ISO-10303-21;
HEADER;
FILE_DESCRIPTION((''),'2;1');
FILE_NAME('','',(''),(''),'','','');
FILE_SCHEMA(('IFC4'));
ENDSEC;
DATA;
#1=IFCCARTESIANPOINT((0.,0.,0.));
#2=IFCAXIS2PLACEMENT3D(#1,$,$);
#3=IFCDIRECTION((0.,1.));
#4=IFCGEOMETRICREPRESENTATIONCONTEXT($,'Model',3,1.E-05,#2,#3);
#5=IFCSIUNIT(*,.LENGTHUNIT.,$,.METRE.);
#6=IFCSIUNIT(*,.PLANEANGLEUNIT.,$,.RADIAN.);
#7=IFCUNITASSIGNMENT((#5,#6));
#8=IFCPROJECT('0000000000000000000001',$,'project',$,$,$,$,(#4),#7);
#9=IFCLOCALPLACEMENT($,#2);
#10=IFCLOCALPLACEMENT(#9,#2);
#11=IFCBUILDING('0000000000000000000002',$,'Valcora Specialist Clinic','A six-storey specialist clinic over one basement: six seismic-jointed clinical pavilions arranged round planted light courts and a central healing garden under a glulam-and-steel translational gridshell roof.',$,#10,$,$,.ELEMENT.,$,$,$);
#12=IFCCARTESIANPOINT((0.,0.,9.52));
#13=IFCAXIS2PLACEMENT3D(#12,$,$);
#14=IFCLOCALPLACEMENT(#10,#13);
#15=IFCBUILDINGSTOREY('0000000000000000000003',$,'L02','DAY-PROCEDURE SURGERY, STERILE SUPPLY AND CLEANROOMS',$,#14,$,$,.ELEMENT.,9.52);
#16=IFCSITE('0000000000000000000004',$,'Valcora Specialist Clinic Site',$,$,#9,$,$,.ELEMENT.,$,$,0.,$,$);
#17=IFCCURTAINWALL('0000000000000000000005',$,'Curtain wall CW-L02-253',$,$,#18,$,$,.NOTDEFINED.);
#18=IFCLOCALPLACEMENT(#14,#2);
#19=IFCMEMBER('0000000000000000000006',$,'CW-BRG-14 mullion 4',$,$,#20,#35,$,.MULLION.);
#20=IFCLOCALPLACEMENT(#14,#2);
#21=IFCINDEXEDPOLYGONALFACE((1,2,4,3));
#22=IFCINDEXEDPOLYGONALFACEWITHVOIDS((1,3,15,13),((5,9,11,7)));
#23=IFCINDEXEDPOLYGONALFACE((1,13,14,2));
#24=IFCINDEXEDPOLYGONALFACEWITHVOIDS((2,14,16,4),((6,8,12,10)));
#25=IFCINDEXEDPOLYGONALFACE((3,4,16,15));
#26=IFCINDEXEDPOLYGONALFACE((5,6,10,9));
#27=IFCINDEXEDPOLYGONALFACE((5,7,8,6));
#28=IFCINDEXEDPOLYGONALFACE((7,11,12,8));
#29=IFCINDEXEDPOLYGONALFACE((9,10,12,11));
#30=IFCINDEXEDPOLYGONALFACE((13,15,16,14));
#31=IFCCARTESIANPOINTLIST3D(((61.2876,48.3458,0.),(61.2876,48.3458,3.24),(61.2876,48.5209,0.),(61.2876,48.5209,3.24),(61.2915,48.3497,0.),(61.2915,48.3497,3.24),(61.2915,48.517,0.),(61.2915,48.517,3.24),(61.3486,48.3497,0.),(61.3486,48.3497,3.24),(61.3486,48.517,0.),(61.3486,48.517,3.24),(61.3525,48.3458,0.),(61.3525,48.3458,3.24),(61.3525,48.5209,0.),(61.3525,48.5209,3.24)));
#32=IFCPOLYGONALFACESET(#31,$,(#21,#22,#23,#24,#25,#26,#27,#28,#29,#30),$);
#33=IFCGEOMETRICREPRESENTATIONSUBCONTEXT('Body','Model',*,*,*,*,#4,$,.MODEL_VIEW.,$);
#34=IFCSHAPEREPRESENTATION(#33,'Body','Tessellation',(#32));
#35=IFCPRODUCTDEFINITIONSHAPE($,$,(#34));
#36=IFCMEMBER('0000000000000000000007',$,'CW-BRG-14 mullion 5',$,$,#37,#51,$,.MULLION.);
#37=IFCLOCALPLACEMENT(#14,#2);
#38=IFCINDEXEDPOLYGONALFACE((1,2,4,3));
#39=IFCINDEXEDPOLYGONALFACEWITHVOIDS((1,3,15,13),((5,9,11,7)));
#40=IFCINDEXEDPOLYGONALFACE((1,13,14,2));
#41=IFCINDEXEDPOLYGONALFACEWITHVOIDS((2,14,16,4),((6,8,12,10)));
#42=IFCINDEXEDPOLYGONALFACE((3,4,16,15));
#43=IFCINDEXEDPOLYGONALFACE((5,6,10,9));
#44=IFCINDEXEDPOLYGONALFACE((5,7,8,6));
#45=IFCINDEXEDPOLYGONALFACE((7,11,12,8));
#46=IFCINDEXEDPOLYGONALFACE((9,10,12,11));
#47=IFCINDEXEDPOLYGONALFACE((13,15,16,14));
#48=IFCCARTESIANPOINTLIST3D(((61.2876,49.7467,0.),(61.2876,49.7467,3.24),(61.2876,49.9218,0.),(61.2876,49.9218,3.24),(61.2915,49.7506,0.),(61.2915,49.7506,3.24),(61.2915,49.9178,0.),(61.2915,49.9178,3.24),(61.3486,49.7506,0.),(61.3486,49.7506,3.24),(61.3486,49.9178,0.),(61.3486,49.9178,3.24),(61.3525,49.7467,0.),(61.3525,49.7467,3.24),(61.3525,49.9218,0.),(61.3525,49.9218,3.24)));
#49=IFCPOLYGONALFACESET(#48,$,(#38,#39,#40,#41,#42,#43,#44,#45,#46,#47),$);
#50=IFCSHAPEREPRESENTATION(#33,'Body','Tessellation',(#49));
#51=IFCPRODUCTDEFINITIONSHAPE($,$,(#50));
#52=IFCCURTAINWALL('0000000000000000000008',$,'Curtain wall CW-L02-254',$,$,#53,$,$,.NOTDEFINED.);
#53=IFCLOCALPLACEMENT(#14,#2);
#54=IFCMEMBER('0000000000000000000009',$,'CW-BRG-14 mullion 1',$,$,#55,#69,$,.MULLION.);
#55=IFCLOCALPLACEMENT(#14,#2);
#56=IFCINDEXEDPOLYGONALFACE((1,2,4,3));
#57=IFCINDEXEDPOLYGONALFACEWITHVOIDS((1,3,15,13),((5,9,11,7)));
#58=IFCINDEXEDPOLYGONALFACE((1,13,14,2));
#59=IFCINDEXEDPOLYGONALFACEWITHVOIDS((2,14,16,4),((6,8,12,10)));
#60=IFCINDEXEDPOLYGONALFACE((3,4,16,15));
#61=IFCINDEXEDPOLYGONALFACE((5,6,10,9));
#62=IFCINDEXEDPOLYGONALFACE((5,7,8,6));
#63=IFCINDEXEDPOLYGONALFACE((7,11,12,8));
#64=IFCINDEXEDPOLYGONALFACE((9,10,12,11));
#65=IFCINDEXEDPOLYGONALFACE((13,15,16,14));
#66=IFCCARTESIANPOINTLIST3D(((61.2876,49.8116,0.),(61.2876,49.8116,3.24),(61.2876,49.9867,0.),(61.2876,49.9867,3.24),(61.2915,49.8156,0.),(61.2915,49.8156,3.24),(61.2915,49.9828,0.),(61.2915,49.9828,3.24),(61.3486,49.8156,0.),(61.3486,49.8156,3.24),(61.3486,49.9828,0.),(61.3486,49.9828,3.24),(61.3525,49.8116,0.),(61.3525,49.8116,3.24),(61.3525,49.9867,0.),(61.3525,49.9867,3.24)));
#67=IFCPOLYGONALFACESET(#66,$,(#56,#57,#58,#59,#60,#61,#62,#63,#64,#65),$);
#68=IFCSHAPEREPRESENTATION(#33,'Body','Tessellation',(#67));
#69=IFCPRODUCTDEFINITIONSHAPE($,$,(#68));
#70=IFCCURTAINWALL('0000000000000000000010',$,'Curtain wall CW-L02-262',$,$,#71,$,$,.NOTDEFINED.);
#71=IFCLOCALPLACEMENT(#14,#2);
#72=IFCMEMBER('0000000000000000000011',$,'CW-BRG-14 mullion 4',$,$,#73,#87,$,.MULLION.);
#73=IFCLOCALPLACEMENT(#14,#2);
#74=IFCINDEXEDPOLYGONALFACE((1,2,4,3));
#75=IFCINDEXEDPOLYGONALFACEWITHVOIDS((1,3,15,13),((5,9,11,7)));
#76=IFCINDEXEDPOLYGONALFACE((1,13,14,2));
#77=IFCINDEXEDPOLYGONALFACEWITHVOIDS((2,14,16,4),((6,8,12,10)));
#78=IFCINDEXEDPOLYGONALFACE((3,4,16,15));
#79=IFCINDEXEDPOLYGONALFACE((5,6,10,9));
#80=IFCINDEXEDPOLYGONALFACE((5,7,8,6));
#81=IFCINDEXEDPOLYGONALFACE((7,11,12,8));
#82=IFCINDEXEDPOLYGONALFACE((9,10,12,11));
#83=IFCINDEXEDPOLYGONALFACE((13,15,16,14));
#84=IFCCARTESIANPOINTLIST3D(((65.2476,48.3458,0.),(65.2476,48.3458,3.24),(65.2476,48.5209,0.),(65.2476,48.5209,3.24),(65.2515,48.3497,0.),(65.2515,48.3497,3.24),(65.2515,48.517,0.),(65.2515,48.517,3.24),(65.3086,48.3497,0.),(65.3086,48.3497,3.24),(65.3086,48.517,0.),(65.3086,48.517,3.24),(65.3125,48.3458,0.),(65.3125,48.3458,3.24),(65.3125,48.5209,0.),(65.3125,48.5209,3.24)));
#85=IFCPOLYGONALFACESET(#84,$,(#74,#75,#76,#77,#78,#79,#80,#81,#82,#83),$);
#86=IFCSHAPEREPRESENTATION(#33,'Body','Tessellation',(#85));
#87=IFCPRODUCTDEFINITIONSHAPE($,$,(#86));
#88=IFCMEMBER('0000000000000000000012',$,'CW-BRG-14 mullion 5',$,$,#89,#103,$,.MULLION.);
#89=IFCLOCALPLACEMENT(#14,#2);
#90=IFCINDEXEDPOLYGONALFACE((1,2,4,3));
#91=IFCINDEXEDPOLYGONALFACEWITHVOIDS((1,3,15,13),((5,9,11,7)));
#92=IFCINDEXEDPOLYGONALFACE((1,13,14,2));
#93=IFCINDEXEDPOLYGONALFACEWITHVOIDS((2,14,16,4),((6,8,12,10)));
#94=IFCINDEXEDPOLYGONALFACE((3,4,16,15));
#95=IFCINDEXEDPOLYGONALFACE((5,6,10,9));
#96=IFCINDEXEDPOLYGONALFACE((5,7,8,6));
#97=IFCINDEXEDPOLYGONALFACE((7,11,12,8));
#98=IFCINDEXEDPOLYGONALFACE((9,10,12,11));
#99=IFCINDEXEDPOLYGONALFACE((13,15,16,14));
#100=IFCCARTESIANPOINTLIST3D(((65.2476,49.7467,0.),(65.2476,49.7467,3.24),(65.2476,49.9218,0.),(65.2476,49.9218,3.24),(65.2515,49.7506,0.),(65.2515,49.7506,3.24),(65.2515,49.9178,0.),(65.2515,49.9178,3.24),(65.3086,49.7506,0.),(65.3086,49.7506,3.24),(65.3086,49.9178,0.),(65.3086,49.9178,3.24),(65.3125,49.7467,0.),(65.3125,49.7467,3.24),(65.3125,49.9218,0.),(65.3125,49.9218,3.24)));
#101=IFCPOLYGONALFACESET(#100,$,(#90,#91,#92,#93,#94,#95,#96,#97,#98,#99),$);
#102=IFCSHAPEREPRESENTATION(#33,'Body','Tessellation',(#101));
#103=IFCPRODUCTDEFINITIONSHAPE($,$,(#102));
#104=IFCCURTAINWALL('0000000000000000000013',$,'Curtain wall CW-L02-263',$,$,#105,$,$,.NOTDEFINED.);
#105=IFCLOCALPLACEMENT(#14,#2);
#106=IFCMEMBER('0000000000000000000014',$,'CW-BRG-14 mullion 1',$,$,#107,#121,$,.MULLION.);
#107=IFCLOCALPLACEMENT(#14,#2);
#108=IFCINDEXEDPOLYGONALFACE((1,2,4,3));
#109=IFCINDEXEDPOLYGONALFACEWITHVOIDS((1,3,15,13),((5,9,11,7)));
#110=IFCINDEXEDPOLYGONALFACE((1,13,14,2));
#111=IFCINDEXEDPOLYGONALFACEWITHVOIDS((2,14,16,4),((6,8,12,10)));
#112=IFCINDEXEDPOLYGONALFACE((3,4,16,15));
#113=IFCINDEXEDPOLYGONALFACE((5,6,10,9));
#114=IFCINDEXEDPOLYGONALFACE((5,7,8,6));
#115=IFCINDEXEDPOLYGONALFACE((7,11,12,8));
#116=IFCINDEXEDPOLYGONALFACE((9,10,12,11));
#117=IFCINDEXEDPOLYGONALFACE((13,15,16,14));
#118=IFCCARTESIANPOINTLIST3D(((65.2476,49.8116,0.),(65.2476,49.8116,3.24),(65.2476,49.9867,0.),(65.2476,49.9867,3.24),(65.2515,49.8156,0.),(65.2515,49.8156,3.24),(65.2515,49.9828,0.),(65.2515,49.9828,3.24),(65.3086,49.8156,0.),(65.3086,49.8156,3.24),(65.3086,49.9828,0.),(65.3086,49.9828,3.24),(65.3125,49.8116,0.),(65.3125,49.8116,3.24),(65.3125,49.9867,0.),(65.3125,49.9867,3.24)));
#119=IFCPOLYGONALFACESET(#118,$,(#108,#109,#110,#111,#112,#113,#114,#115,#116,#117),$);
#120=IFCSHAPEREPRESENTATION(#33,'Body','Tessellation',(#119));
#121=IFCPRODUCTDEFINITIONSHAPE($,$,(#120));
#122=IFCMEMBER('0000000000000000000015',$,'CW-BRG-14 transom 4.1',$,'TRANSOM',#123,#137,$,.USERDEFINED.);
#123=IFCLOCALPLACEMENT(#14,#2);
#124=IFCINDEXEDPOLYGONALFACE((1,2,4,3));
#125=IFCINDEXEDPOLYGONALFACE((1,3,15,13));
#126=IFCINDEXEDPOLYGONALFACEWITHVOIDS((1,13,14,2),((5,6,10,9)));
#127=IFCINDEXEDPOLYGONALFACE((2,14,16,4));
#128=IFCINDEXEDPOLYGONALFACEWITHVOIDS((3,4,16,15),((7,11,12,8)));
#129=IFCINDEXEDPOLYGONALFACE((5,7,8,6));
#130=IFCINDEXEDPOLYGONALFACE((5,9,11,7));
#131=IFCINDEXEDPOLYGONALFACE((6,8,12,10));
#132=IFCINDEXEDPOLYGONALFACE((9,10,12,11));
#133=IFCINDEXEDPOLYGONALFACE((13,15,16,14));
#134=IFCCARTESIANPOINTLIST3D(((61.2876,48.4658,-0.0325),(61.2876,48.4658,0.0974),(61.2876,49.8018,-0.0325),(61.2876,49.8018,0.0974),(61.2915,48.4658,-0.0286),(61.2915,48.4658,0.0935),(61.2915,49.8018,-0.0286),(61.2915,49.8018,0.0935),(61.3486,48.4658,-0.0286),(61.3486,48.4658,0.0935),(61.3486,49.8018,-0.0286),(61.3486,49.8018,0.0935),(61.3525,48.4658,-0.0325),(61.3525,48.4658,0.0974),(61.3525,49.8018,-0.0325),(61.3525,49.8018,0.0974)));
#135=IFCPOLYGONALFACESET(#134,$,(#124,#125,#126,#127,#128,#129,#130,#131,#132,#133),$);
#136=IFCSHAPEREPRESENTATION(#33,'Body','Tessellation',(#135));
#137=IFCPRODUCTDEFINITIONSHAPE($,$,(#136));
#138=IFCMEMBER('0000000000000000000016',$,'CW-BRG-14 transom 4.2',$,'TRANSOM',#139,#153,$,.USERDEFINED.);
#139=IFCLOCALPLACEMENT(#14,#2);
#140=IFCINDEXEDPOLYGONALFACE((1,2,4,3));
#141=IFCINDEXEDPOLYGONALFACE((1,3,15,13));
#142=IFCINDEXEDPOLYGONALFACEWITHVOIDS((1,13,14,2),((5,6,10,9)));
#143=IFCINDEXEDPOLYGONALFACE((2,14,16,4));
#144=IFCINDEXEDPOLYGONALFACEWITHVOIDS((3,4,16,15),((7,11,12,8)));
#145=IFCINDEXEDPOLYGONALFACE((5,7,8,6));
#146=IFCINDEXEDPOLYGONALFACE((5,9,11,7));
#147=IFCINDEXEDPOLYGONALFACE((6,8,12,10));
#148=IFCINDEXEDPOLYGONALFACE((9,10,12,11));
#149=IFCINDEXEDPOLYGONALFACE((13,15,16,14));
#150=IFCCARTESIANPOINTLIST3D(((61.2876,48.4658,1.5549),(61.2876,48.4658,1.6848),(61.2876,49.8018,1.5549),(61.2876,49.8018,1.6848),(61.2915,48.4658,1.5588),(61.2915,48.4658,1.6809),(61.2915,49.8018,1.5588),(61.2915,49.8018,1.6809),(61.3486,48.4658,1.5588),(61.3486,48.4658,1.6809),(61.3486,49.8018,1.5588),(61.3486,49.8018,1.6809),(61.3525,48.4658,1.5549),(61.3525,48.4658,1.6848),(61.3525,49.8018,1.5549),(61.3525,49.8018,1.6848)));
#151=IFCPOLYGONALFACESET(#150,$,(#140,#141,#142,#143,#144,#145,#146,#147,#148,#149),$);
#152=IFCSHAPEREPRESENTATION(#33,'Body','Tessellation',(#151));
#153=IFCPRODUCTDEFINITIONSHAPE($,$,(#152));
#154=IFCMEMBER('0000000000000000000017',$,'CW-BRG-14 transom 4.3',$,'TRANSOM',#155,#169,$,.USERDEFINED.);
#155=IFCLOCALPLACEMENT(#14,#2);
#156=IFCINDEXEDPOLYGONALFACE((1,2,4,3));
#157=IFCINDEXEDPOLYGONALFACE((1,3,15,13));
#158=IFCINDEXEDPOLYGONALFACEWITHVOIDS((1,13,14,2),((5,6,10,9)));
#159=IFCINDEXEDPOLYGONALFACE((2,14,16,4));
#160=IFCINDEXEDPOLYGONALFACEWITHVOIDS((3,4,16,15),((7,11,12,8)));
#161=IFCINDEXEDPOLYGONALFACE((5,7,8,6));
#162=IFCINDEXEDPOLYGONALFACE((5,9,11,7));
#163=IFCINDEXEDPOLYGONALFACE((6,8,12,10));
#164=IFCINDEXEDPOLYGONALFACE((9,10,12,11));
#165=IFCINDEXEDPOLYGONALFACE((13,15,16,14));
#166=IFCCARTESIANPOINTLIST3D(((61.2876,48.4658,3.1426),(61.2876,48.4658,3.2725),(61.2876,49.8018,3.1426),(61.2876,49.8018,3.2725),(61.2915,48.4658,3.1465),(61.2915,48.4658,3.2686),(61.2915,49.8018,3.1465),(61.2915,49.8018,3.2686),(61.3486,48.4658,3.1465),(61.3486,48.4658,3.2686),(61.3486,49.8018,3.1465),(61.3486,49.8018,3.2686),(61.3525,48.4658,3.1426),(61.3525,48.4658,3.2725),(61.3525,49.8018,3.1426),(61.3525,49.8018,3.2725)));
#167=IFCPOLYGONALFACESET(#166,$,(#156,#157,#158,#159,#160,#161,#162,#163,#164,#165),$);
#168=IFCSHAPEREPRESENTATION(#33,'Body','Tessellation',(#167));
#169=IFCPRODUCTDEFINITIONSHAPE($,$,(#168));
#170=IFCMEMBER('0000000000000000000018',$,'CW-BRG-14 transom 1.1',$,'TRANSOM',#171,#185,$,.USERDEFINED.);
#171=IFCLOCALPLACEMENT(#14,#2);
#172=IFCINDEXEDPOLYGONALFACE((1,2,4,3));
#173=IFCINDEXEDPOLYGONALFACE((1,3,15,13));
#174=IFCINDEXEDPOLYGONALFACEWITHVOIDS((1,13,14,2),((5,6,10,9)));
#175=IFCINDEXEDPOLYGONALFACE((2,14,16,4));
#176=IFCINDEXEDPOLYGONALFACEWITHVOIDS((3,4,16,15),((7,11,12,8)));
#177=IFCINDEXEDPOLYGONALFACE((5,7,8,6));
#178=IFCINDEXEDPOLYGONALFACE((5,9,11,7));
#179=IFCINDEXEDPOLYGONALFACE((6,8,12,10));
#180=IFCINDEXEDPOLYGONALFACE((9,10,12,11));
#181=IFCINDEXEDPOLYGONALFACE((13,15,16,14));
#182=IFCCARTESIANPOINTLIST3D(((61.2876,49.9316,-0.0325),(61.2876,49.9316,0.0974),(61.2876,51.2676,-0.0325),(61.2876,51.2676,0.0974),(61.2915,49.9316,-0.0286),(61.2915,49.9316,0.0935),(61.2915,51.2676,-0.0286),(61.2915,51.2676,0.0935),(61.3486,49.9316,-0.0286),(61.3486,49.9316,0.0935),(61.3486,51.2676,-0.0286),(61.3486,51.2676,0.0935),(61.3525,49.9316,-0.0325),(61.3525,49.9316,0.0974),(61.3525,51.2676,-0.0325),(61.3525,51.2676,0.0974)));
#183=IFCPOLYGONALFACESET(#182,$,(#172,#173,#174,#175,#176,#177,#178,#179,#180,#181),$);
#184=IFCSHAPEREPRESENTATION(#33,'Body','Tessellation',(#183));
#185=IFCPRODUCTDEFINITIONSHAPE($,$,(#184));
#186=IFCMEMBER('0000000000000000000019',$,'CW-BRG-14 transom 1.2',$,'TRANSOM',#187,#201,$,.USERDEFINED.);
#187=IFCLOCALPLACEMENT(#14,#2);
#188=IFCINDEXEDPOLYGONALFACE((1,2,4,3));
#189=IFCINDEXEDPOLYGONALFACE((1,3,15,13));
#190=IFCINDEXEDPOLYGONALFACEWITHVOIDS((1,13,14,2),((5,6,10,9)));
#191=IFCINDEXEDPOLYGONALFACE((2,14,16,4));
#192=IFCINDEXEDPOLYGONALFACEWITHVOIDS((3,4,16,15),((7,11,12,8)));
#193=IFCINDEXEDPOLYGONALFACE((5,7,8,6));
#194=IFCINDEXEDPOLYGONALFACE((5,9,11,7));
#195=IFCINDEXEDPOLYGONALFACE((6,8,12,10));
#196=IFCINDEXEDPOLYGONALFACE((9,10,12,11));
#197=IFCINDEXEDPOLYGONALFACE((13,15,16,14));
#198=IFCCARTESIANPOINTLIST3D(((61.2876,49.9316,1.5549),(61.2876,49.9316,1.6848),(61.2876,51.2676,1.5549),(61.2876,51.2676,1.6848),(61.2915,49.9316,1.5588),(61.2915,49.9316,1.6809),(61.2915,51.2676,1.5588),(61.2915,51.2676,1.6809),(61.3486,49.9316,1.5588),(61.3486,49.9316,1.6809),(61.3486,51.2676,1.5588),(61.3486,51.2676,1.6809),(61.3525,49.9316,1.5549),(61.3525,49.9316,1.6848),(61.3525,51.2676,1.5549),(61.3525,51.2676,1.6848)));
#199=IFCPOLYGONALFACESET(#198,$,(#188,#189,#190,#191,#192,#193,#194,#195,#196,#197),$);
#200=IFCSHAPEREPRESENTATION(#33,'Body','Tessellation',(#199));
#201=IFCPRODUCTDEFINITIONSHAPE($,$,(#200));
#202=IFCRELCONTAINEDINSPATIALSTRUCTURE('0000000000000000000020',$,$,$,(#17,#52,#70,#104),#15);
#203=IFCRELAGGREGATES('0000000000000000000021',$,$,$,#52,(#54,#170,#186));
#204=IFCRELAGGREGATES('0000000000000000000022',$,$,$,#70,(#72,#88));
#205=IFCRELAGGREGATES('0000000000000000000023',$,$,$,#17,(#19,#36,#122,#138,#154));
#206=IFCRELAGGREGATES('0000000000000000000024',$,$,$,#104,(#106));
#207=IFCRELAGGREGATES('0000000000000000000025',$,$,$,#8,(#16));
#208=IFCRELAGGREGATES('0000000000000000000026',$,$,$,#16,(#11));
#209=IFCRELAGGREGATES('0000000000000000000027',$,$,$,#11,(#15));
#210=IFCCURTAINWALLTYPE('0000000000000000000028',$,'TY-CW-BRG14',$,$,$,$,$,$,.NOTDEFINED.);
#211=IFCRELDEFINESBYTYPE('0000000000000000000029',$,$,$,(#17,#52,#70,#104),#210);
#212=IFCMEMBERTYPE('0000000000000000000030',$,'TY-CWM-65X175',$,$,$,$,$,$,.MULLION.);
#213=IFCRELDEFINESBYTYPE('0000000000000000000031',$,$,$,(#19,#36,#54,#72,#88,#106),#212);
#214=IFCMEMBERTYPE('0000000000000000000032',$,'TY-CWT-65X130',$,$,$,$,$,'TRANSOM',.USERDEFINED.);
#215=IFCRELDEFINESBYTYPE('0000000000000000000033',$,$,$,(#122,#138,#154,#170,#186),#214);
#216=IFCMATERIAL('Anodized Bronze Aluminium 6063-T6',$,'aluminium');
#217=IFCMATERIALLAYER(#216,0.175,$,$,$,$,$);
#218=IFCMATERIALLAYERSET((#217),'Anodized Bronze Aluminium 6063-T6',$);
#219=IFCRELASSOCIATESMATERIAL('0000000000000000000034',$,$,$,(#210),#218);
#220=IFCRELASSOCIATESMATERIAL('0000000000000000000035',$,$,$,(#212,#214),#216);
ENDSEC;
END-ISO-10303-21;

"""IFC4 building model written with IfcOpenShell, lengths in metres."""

from ifc_helpers import new_model, si_unit, direction, frame, origin, origin_2d, place, context, subcontext, project, spatial, hollow_rectangle, extrude, material, layer, layer_set, material_profile, profile_set, type_object, element, aggregate, save


model = new_model("IFC4")

# Units and contexts
model_context = context("Model", 3, precision=1e-05, world=origin(), true_north=direction((0.0, 1.0)))
body_context = subcontext(model_context, "Body", "Model", "MODEL_VIEW")
ifc_project = project(units=[si_unit("LENGTHUNIT", "METRE"), si_unit("PLANEANGLEUNIT", "RADIAN")], contexts=[model_context])

# Site, building, storey
site_placement = place(None, origin())
site = spatial("IfcSite", under=ifc_project, at=site_placement, Name="Valcora Specialist Clinic Site", CompositionType="ELEMENT", RefElevation=0.0)
building_placement = place(site_placement, origin())
building = spatial("IfcBuilding", under=site, at=building_placement, Name="Valcora Specialist Clinic", Description="A six-storey specialist clinic over one basement: six seismic-jointed clinical pavilions arranged round planted light courts and a central healing garden under a glulam-and-steel translational gridshell roof.", CompositionType="ELEMENT")
storey_placement = place(building_placement, frame((0.0, 0.0, 9.52)))
storey = spatial("IfcBuildingStorey", under=building, at=storey_placement, Name="L02", Description="DAY-PROCEDURE SURGERY, STERILE SUPPLY AND CLEANROOMS", CompositionType="ELEMENT", Elevation=9.52)

# Curtain wall, members
ifc_material_1 = material(Name="Anodized Bronze Aluminium 6063-T6", Category="aluminium")
ifc_layer_1 = layer(ifc_material_1, 0.175)
ifc_layer_set_1 = layer_set([ifc_layer_1], Name="Anodized Bronze Aluminium 6063-T6")
curtain_wall_type = type_object("IfcCurtainWallType", Name="TY-CW-BRG14", PredefinedType="NOTDEFINED", material=ifc_layer_set_1)
curtain_wall_1_placement = place(storey_placement, origin())
curtain_wall_1 = element("IfcCurtainWall", 1, at=curtain_wall_1_placement, inside=storey, type_object=curtain_wall_type, Name="Curtain wall CW-L02-253", PredefinedType="NOTDEFINED")
ifc_material_profile_1 = material_profile(ifc_material_1, hollow_rectangle(XDim=0.0649, YDim=0.175, WallThickness=0.0039, at=origin_2d()), Name="AL-MUL-65X175")
ifc_profile_set_1 = profile_set([ifc_material_profile_1], Name="Anodized Bronze Aluminium 6063-T6")
member_type_1 = type_object("IfcMemberType", Name="TY-CWM-65X175", PredefinedType="MULLION", material=ifc_profile_set_1)
member_1_placement = place(storey_placement, frame((61.3201, 48.4333, 0.0), z_axis=(0.0, 0.0, 1.0), x_axis=(-1.0, 0.0, 0.0)))
member_1 = element("IfcMember", 2, at=member_1_placement, type_object=member_type_1, Name="CW-BRG-14 mullion 4", PredefinedType="MULLION", context=body_context, shape_type="SweptSolid", body=[
    extrude(hollow_rectangle(XDim=0.0649, YDim=0.175, WallThickness=0.0039, at=origin_2d()), origin(), (0.0, 0.0, 1.0), 3.24),
])
member_2_placement = place(storey_placement, frame((61.3201, 49.8342, 0.0), z_axis=(0.0, 0.0, 1.0), x_axis=(-1.0, 0.0, 0.0)))
member_2 = element("IfcMember", 3, at=member_2_placement, type_object=member_type_1, Name="CW-BRG-14 mullion 5", PredefinedType="MULLION", context=body_context, shape_type="SweptSolid", body=[
    extrude(hollow_rectangle(XDim=0.0649, YDim=0.175, WallThickness=0.0039, at=origin_2d()), origin(), (0.0, 0.0, 1.0), 3.24),
])

# Curtain wall, member
curtain_wall_2_placement = place(storey_placement, origin())
curtain_wall_2 = element("IfcCurtainWall", 4, at=curtain_wall_2_placement, inside=storey, type_object=curtain_wall_type, Name="Curtain wall CW-L02-254", PredefinedType="NOTDEFINED")
member_3_placement = place(storey_placement, frame((61.3201, 49.8992, 0.0), z_axis=(0.0, 0.0, 1.0), x_axis=(-1.0, 0.0, 0.0)))
member_3 = element("IfcMember", 5, at=member_3_placement, type_object=member_type_1, Name="CW-BRG-14 mullion 1", PredefinedType="MULLION", context=body_context, shape_type="SweptSolid", body=[
    extrude(hollow_rectangle(XDim=0.0649, YDim=0.175, WallThickness=0.0039, at=origin_2d()), origin(), (0.0, 0.0, 1.0), 3.24),
])

# Curtain wall, members
curtain_wall_3_placement = place(storey_placement, origin())
curtain_wall_3 = element("IfcCurtainWall", 6, at=curtain_wall_3_placement, inside=storey, type_object=curtain_wall_type, Name="Curtain wall CW-L02-262", PredefinedType="NOTDEFINED")
member_4_placement = place(storey_placement, frame((65.28, 48.4333, 0.0), z_axis=(0.0, 0.0, 1.0), x_axis=(-1.0, 0.0, 0.0)))
member_4 = element("IfcMember", 7, at=member_4_placement, type_object=member_type_1, Name="CW-BRG-14 mullion 4", PredefinedType="MULLION", context=body_context, shape_type="SweptSolid", body=[
    extrude(hollow_rectangle(XDim=0.0649, YDim=0.175, WallThickness=0.0039, at=origin_2d()), origin(), (0.0, 0.0, 1.0), 3.24),
])
member_5_placement = place(storey_placement, frame((65.28, 49.8342, 0.0), z_axis=(0.0, 0.0, 1.0), x_axis=(-1.0, 0.0, 0.0)))
member_5 = element("IfcMember", 8, at=member_5_placement, type_object=member_type_1, Name="CW-BRG-14 mullion 5", PredefinedType="MULLION", context=body_context, shape_type="SweptSolid", body=[
    extrude(hollow_rectangle(XDim=0.0649, YDim=0.175, WallThickness=0.0039, at=origin_2d()), origin(), (0.0, 0.0, 1.0), 3.24),
])

# Curtain wall, member
curtain_wall_4_placement = place(storey_placement, origin())
curtain_wall_4 = element("IfcCurtainWall", 9, at=curtain_wall_4_placement, inside=storey, type_object=curtain_wall_type, Name="Curtain wall CW-L02-263", PredefinedType="NOTDEFINED")
member_6_placement = place(storey_placement, frame((65.28, 49.8992, 0.0), z_axis=(0.0, 0.0, 1.0), x_axis=(-1.0, 0.0, 0.0)))
member_6 = element("IfcMember", 10, at=member_6_placement, type_object=member_type_1, Name="CW-BRG-14 mullion 1", PredefinedType="MULLION", context=body_context, shape_type="SweptSolid", body=[
    extrude(hollow_rectangle(XDim=0.0649, YDim=0.175, WallThickness=0.0039, at=origin_2d()), origin(), (0.0, 0.0, 1.0), 3.24),
])

# Members
ifc_material_profile_2 = material_profile(ifc_material_1, hollow_rectangle(XDim=0.0649, YDim=0.1299, WallThickness=0.0039, at=origin_2d()), Name="AL-TRN-65X130")
ifc_profile_set_2 = profile_set([ifc_material_profile_2], Name="Anodized Bronze Aluminium 6063-T6")
member_type_2 = type_object("IfcMemberType", Name="TY-CWT-65X130", ElementType="TRANSOM", PredefinedType="USERDEFINED", material=ifc_profile_set_2)
member_7_placement = place(storey_placement, frame((61.3201, 48.4658, 0.0325), z_axis=(0.0, 1.0, 0.0), x_axis=(-1.0, 0.0, 0.0)))
member_7 = element("IfcMember", 11, at=member_7_placement, type_object=member_type_2, Name="CW-BRG-14 transom 4.1", ObjectType="TRANSOM", PredefinedType="USERDEFINED", context=body_context, shape_type="SweptSolid", body=[
    extrude(hollow_rectangle(XDim=0.0649, YDim=0.1299, WallThickness=0.0039, at=origin_2d()), origin(), (0.0, 0.0, 1.0), 1.3359),
])
member_8_placement = place(storey_placement, frame((61.3201, 48.4658, 1.6199), z_axis=(0.0, 1.0, 0.0), x_axis=(-1.0, 0.0, 0.0)))
member_8 = element("IfcMember", 12, at=member_8_placement, type_object=member_type_2, Name="CW-BRG-14 transom 4.2", ObjectType="TRANSOM", PredefinedType="USERDEFINED", context=body_context, shape_type="SweptSolid", body=[
    extrude(hollow_rectangle(XDim=0.0649, YDim=0.1299, WallThickness=0.0039, at=origin_2d()), origin(), (0.0, 0.0, 1.0), 1.3359),
])
member_9_placement = place(storey_placement, frame((61.3201, 48.4658, 3.2075), z_axis=(0.0, 1.0, 0.0), x_axis=(-1.0, 0.0, 0.0)))
member_9 = element("IfcMember", 13, at=member_9_placement, type_object=member_type_2, Name="CW-BRG-14 transom 4.3", ObjectType="TRANSOM", PredefinedType="USERDEFINED", context=body_context, shape_type="SweptSolid", body=[
    extrude(hollow_rectangle(XDim=0.0649, YDim=0.1299, WallThickness=0.0039, at=origin_2d()), origin(), (0.0, 0.0, 1.0), 1.3359),
])
member_10_placement = place(storey_placement, frame((61.3201, 49.9316, 0.0325), z_axis=(0.0, 1.0, 0.0), x_axis=(-1.0, 0.0, 0.0)))
member_10 = element("IfcMember", 14, at=member_10_placement, type_object=member_type_2, Name="CW-BRG-14 transom 1.1", ObjectType="TRANSOM", PredefinedType="USERDEFINED", context=body_context, shape_type="SweptSolid", body=[
    extrude(hollow_rectangle(XDim=0.0649, YDim=0.1299, WallThickness=0.0039, at=origin_2d()), origin(), (0.0, 0.0, 1.0), 1.3359),
])
member_11_placement = place(storey_placement, frame((61.3201, 49.9316, 1.6199), z_axis=(0.0, 1.0, 0.0), x_axis=(-1.0, 0.0, 0.0)))
member_11 = element("IfcMember", 15, at=member_11_placement, type_object=member_type_2, Name="CW-BRG-14 transom 1.2", ObjectType="TRANSOM", PredefinedType="USERDEFINED", context=body_context, shape_type="SweptSolid", body=[
    extrude(hollow_rectangle(XDim=0.0649, YDim=0.1299, WallThickness=0.0039, at=origin_2d()), origin(), (0.0, 0.0, 1.0), 1.3359),
])

aggregate(curtain_wall_2, [member_3, member_10, member_11])
aggregate(curtain_wall_3, [member_4, member_5])
aggregate(curtain_wall_1, [member_1, member_2, member_7, member_8, member_9])
aggregate(curtain_wall_4, [member_6])

save(model, "model.ifc")
